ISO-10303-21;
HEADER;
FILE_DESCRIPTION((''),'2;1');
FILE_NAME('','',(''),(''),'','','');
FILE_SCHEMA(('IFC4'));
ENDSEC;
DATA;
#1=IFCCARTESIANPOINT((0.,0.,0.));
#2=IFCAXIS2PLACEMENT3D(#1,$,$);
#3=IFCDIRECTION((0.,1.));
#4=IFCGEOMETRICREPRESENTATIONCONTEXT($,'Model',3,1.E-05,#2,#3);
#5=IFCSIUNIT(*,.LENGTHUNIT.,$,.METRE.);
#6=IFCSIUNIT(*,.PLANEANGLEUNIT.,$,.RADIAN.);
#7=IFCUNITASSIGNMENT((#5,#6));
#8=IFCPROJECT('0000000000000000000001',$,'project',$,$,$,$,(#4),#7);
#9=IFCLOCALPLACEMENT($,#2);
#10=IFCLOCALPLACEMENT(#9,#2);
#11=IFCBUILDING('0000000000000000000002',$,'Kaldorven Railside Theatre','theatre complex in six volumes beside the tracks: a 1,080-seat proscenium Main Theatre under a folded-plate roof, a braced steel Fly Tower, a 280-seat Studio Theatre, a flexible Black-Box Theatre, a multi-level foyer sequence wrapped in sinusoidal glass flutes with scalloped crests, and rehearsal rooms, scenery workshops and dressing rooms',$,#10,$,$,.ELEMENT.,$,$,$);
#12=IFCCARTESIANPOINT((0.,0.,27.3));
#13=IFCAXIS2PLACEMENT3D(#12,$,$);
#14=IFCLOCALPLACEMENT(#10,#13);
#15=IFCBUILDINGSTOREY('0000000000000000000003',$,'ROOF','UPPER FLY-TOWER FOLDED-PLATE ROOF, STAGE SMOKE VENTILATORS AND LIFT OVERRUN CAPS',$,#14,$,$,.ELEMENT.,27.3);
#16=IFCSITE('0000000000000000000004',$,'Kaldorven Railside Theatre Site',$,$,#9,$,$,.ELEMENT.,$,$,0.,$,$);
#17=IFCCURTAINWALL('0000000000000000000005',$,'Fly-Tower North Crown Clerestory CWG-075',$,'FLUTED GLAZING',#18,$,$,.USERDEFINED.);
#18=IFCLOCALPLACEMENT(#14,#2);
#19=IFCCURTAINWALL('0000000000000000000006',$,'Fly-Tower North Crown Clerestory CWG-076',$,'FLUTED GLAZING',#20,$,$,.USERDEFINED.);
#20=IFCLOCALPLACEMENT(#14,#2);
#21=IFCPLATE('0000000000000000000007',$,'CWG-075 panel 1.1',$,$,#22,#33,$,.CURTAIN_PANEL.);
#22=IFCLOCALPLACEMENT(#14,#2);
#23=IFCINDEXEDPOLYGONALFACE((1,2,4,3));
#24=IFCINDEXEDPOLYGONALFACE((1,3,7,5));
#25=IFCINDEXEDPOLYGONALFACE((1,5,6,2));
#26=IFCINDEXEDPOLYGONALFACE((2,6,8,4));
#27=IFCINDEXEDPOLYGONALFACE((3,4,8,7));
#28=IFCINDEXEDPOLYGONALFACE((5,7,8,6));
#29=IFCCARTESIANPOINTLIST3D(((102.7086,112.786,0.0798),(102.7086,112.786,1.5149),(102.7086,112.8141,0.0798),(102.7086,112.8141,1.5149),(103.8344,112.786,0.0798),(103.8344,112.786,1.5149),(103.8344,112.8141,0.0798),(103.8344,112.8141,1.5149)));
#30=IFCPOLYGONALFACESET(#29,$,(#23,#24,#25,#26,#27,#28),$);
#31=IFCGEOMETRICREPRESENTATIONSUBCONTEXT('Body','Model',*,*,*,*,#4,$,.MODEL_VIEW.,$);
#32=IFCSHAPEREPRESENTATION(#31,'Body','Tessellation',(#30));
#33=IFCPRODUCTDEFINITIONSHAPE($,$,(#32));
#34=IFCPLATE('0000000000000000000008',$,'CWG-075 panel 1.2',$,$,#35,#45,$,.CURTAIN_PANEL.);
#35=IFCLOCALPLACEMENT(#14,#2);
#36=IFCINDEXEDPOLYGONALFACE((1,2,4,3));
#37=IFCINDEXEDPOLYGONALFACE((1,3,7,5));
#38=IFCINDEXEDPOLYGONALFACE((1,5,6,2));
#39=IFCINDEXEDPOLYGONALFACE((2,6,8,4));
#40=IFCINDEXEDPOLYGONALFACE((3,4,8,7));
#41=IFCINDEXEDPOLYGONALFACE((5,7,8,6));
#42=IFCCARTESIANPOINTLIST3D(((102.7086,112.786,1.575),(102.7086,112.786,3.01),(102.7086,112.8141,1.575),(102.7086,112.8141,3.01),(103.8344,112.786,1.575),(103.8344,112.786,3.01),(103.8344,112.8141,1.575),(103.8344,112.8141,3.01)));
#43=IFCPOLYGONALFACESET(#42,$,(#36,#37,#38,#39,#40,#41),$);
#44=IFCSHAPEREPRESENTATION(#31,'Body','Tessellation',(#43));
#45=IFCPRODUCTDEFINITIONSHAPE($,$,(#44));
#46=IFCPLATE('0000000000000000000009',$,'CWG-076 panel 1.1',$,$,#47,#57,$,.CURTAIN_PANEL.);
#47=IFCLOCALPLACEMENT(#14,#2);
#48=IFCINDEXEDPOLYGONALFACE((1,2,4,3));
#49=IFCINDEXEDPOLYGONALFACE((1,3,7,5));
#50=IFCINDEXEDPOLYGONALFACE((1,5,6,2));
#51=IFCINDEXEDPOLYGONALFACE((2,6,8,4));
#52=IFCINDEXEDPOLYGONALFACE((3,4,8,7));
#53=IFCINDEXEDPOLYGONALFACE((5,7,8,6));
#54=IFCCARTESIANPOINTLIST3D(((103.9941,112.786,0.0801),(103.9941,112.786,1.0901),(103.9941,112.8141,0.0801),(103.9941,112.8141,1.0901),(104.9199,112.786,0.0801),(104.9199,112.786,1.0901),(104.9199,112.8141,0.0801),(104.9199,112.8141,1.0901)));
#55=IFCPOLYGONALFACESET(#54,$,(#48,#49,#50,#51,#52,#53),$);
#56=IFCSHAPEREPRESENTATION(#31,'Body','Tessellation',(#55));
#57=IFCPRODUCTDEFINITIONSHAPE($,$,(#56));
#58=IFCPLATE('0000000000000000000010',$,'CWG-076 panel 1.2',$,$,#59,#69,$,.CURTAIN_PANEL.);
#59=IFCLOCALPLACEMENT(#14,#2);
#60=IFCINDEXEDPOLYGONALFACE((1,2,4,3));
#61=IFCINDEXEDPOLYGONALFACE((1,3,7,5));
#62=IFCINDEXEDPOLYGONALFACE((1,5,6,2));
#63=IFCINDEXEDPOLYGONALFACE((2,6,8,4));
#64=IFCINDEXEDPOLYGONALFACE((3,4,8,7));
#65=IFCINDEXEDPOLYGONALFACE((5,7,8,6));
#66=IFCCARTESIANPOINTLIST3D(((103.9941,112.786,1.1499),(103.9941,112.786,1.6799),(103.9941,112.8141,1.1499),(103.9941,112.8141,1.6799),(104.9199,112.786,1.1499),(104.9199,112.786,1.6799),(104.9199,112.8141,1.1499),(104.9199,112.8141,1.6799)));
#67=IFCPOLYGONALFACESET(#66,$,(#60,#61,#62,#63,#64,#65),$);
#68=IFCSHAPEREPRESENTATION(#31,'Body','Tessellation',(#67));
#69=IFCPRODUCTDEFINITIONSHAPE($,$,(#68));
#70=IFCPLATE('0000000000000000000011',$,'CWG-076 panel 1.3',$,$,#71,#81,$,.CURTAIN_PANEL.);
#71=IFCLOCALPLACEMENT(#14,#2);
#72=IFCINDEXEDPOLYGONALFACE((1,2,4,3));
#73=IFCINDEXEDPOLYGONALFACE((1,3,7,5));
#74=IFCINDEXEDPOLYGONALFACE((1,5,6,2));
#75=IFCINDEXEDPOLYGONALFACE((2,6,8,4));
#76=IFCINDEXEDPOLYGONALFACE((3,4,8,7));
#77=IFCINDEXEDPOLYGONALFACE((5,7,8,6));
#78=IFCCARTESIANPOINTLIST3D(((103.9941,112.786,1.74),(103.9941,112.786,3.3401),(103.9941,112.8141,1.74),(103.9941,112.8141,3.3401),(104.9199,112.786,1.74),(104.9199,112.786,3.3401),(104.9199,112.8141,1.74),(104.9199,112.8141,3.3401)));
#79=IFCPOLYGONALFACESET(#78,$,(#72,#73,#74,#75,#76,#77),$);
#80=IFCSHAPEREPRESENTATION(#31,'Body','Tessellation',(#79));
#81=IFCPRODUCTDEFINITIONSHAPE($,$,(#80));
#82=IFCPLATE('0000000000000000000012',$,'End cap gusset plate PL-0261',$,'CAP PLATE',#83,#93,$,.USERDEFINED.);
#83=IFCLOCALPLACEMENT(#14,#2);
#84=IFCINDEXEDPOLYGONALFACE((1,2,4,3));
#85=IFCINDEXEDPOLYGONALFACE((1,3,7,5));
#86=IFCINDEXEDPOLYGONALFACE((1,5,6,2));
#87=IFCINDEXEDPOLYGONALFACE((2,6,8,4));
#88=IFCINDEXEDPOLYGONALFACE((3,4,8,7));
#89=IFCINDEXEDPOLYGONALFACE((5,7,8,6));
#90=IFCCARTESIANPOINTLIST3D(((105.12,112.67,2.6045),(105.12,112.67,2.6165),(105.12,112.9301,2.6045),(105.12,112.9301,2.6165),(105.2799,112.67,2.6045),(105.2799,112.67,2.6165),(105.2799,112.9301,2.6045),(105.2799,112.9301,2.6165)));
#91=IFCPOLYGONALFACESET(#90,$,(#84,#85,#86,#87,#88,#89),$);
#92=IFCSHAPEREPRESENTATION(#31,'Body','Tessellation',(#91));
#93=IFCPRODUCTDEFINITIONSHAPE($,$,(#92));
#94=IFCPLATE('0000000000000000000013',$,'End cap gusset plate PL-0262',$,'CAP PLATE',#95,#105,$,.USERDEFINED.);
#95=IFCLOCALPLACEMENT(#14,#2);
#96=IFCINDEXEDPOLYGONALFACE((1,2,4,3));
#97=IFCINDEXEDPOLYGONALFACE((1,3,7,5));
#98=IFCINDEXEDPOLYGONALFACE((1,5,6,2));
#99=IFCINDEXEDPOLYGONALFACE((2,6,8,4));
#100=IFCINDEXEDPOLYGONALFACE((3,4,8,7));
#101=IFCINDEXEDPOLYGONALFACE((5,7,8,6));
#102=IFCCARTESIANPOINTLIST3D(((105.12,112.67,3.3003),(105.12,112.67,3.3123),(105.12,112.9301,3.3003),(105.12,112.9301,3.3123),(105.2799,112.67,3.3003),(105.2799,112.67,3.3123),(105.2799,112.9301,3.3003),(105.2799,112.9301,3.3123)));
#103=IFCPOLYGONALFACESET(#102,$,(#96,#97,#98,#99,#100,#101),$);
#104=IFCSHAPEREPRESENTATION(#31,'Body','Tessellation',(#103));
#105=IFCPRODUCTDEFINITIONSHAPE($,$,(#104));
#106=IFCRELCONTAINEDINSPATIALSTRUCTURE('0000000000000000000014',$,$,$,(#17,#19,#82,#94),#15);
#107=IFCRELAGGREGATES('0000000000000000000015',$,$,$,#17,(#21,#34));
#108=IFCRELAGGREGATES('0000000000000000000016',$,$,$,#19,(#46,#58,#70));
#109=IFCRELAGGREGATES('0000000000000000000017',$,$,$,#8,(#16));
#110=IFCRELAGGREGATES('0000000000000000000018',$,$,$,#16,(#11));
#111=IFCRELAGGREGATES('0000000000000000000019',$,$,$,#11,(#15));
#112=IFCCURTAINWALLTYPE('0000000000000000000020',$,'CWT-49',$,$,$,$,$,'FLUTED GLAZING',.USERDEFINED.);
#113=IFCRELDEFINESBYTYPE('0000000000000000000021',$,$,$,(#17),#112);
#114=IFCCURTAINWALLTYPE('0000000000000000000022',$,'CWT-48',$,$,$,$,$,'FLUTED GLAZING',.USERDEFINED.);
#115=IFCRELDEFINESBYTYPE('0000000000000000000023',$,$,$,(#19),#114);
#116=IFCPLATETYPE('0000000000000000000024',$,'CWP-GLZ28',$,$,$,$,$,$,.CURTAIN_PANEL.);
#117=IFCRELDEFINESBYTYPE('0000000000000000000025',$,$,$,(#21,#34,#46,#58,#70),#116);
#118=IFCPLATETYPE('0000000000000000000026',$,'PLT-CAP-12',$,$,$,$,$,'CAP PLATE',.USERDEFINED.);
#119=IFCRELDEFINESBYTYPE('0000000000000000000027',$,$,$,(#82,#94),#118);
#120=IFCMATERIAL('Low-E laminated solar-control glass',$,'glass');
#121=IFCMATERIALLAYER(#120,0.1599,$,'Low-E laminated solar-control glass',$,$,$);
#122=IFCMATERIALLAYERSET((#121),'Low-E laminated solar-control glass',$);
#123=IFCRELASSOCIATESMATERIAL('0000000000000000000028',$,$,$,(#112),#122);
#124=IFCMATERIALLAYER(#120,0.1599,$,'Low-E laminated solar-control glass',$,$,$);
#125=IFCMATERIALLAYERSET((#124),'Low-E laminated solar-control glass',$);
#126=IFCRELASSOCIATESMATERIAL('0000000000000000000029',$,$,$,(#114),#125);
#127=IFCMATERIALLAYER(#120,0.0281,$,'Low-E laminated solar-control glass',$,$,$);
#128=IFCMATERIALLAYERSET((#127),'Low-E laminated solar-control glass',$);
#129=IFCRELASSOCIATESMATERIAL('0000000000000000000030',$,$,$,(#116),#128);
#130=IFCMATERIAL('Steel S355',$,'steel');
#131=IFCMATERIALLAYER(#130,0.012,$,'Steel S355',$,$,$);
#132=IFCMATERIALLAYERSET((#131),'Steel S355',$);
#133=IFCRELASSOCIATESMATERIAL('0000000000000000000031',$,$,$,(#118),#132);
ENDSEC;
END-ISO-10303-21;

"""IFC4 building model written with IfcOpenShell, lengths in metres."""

from ifc_helpers import new_model, si_unit, direction, frame, origin, origin_2d, place, context, subcontext, project, spatial, rectangle, extrude, material, layer, layer_set, type_object, element, aggregate, save


model = new_model("IFC4")

# Units and contexts
model_context = context("Model", 3, precision=1e-05, world=origin(), true_north=direction((0.0, 1.0)))
body_context = subcontext(model_context, "Body", "Model", "MODEL_VIEW")
ifc_project = project(units=[si_unit("LENGTHUNIT", "METRE"), si_unit("PLANEANGLEUNIT", "RADIAN")], contexts=[model_context])

# Site, building, storey
site_placement = place(None, origin())
site = spatial("IfcSite", under=ifc_project, at=site_placement, Name="Kaldorven Railside Theatre Site", CompositionType="ELEMENT", RefElevation=0.0)
building_placement = place(site_placement, origin())
building = spatial("IfcBuilding", under=site, at=building_placement, Name="Kaldorven Railside Theatre", Description="theatre complex in six volumes beside the tracks: a 1,080-seat proscenium Main Theatre under a folded-plate roof, a braced steel Fly Tower, a 280-seat Studio Theatre, a flexible Black-Box Theatre, a multi-level foyer sequence wrapped in sinusoidal glass flutes with scalloped crests, and rehearsal rooms, scenery workshops and dressing rooms", CompositionType="ELEMENT")
storey_placement = place(building_placement, frame((0.0, 0.0, 27.3)))
storey = spatial("IfcBuildingStorey", under=building, at=storey_placement, Name="ROOF", Description="UPPER FLY-TOWER FOLDED-PLATE ROOF, STAGE SMOKE VENTILATORS AND LIFT OVERRUN CAPS", CompositionType="ELEMENT", Elevation=27.3)

# Shared definitions
ifc_material_1 = material(Name="Low-E laminated solar-control glass", Category="glass")

# Curtain walls
ifc_layer_1 = layer(ifc_material_1, 0.1599, Name="Low-E laminated solar-control glass")
ifc_layer_set_1 = layer_set([ifc_layer_1], Name="Low-E laminated solar-control glass")
curtain_wall_type_1 = type_object("IfcCurtainWallType", Name="CWT-49", ElementType="FLUTED GLAZING", PredefinedType="USERDEFINED", material=ifc_layer_set_1)
curtain_wall_1_placement = place(storey_placement, origin())
curtain_wall_1 = element("IfcCurtainWall", 1, at=curtain_wall_1_placement, inside=storey, type_object=curtain_wall_type_1, Name="Fly-Tower North Crown Clerestory CWG-075", ObjectType="FLUTED GLAZING", PredefinedType="USERDEFINED")
ifc_layer_2 = layer(ifc_material_1, 0.1599, Name="Low-E laminated solar-control glass")
ifc_layer_set_2 = layer_set([ifc_layer_2], Name="Low-E laminated solar-control glass")
curtain_wall_type_2 = type_object("IfcCurtainWallType", Name="CWT-48", ElementType="FLUTED GLAZING", PredefinedType="USERDEFINED", material=ifc_layer_set_2)
curtain_wall_2_placement = place(storey_placement, origin())
curtain_wall_2 = element("IfcCurtainWall", 2, at=curtain_wall_2_placement, inside=storey, type_object=curtain_wall_type_2, Name="Fly-Tower North Crown Clerestory CWG-076", ObjectType="FLUTED GLAZING", PredefinedType="USERDEFINED")

# Shared definitions
ifc_material_2 = material(Name="Steel S355", Category="steel")

# Plates
ifc_layer_3 = layer(ifc_material_1, 0.0281, Name="Low-E laminated solar-control glass")
ifc_layer_set_3 = layer_set([ifc_layer_3], Name="Low-E laminated solar-control glass")
plate_type_1 = type_object("IfcPlateType", Name="CWP-GLZ28", PredefinedType="CURTAIN_PANEL", material=ifc_layer_set_3)
plate_1_placement = place(storey_placement, frame((103.2715, 112.8, 0.0798), z_axis=(0.0, 0.0, 1.0), x_axis=(1.0, 0.0, 0.0)))
plate_1 = element("IfcPlate", 3, at=plate_1_placement, type_object=plate_type_1, Name="CWG-075 panel 1.1", PredefinedType="CURTAIN_PANEL", context=body_context, shape_type="SweptSolid", body=[
    extrude(rectangle(XDim=1.1257, YDim=0.0281, at=origin_2d()), origin(), (0.0, 0.0, 1.0), 1.4351),
])
plate_2_placement = place(storey_placement, frame((103.2715, 112.8, 1.575), z_axis=(0.0, 0.0, 1.0), x_axis=(1.0, 0.0, 0.0)))
plate_2 = element("IfcPlate", 4, at=plate_2_placement, type_object=plate_type_1, Name="CWG-075 panel 1.2", PredefinedType="CURTAIN_PANEL", context=body_context, shape_type="SweptSolid", body=[
    extrude(rectangle(XDim=1.1257, YDim=0.0281, at=origin_2d()), origin(), (0.0, 0.0, 1.0), 1.4351),
])
aggregate(curtain_wall_1, [plate_1, plate_2])
plate_3_placement = place(storey_placement, frame((104.457, 112.8, 0.0801), z_axis=(0.0, 0.0, 1.0), x_axis=(1.0, 0.0, 0.0)))
plate_3 = element("IfcPlate", 5, at=plate_3_placement, type_object=plate_type_1, Name="CWG-076 panel 1.1", PredefinedType="CURTAIN_PANEL", context=body_context, shape_type="SweptSolid", body=[
    extrude(rectangle(XDim=0.9258, YDim=0.0281, at=origin_2d()), origin(), (0.0, 0.0, 1.0), 1.01),
])
plate_4_placement = place(storey_placement, frame((104.457, 112.8, 1.1499), z_axis=(0.0, 0.0, 1.0), x_axis=(1.0, 0.0, 0.0)))
plate_4 = element("IfcPlate", 6, at=plate_4_placement, type_object=plate_type_1, Name="CWG-076 panel 1.2", PredefinedType="CURTAIN_PANEL", context=body_context, shape_type="SweptSolid", body=[
    extrude(rectangle(XDim=0.9258, YDim=0.0281, at=origin_2d()), origin(), (0.0, 0.0, 1.0), 0.53),
])
plate_5_placement = place(storey_placement, frame((104.457, 112.8, 1.74), z_axis=(0.0, 0.0, 1.0), x_axis=(1.0, 0.0, 0.0)))
plate_5 = element("IfcPlate", 7, at=plate_5_placement, type_object=plate_type_1, Name="CWG-076 panel 1.3", PredefinedType="CURTAIN_PANEL", context=body_context, shape_type="SweptSolid", body=[
    extrude(rectangle(XDim=0.9258, YDim=0.0281, at=origin_2d()), origin(), (0.0, 0.0, 1.0), 1.6001),
])
aggregate(curtain_wall_2, [plate_3, plate_4, plate_5])

# Plates
ifc_layer_4 = layer(ifc_material_2, 0.012, Name="Steel S355")
ifc_layer_set_4 = layer_set([ifc_layer_4], Name="Steel S355")
plate_type_2 = type_object("IfcPlateType", Name="PLT-CAP-12", ElementType="CAP PLATE", PredefinedType="USERDEFINED", material=ifc_layer_set_4)
for number, where, z_axis, x_axis, name in (
    (8, (105.2, 112.8, 2.6045), (0.0, 0.0, 1.0), (1.0, 0.0, 0.0), "End cap gusset plate PL-0261"),
    (9, (105.2, 112.8, 3.3003), (0.0, 0.0, 1.0), (1.0, 0.0, 0.0), "End cap gusset plate PL-0262"),
):
    element("IfcPlate", number, at=place(storey_placement, frame(where, z_axis=z_axis, x_axis=x_axis)), inside=storey, type_object=plate_type_2, Name=name, ObjectType="CAP PLATE", PredefinedType="USERDEFINED", context=body_context, shape_type="SweptSolid", body=[
        extrude(rectangle(XDim=0.1599, YDim=0.26, at=origin_2d()), origin(), (0.0, 0.0, 1.0), 0.012),
    ])

save(model, "model.ifc")
